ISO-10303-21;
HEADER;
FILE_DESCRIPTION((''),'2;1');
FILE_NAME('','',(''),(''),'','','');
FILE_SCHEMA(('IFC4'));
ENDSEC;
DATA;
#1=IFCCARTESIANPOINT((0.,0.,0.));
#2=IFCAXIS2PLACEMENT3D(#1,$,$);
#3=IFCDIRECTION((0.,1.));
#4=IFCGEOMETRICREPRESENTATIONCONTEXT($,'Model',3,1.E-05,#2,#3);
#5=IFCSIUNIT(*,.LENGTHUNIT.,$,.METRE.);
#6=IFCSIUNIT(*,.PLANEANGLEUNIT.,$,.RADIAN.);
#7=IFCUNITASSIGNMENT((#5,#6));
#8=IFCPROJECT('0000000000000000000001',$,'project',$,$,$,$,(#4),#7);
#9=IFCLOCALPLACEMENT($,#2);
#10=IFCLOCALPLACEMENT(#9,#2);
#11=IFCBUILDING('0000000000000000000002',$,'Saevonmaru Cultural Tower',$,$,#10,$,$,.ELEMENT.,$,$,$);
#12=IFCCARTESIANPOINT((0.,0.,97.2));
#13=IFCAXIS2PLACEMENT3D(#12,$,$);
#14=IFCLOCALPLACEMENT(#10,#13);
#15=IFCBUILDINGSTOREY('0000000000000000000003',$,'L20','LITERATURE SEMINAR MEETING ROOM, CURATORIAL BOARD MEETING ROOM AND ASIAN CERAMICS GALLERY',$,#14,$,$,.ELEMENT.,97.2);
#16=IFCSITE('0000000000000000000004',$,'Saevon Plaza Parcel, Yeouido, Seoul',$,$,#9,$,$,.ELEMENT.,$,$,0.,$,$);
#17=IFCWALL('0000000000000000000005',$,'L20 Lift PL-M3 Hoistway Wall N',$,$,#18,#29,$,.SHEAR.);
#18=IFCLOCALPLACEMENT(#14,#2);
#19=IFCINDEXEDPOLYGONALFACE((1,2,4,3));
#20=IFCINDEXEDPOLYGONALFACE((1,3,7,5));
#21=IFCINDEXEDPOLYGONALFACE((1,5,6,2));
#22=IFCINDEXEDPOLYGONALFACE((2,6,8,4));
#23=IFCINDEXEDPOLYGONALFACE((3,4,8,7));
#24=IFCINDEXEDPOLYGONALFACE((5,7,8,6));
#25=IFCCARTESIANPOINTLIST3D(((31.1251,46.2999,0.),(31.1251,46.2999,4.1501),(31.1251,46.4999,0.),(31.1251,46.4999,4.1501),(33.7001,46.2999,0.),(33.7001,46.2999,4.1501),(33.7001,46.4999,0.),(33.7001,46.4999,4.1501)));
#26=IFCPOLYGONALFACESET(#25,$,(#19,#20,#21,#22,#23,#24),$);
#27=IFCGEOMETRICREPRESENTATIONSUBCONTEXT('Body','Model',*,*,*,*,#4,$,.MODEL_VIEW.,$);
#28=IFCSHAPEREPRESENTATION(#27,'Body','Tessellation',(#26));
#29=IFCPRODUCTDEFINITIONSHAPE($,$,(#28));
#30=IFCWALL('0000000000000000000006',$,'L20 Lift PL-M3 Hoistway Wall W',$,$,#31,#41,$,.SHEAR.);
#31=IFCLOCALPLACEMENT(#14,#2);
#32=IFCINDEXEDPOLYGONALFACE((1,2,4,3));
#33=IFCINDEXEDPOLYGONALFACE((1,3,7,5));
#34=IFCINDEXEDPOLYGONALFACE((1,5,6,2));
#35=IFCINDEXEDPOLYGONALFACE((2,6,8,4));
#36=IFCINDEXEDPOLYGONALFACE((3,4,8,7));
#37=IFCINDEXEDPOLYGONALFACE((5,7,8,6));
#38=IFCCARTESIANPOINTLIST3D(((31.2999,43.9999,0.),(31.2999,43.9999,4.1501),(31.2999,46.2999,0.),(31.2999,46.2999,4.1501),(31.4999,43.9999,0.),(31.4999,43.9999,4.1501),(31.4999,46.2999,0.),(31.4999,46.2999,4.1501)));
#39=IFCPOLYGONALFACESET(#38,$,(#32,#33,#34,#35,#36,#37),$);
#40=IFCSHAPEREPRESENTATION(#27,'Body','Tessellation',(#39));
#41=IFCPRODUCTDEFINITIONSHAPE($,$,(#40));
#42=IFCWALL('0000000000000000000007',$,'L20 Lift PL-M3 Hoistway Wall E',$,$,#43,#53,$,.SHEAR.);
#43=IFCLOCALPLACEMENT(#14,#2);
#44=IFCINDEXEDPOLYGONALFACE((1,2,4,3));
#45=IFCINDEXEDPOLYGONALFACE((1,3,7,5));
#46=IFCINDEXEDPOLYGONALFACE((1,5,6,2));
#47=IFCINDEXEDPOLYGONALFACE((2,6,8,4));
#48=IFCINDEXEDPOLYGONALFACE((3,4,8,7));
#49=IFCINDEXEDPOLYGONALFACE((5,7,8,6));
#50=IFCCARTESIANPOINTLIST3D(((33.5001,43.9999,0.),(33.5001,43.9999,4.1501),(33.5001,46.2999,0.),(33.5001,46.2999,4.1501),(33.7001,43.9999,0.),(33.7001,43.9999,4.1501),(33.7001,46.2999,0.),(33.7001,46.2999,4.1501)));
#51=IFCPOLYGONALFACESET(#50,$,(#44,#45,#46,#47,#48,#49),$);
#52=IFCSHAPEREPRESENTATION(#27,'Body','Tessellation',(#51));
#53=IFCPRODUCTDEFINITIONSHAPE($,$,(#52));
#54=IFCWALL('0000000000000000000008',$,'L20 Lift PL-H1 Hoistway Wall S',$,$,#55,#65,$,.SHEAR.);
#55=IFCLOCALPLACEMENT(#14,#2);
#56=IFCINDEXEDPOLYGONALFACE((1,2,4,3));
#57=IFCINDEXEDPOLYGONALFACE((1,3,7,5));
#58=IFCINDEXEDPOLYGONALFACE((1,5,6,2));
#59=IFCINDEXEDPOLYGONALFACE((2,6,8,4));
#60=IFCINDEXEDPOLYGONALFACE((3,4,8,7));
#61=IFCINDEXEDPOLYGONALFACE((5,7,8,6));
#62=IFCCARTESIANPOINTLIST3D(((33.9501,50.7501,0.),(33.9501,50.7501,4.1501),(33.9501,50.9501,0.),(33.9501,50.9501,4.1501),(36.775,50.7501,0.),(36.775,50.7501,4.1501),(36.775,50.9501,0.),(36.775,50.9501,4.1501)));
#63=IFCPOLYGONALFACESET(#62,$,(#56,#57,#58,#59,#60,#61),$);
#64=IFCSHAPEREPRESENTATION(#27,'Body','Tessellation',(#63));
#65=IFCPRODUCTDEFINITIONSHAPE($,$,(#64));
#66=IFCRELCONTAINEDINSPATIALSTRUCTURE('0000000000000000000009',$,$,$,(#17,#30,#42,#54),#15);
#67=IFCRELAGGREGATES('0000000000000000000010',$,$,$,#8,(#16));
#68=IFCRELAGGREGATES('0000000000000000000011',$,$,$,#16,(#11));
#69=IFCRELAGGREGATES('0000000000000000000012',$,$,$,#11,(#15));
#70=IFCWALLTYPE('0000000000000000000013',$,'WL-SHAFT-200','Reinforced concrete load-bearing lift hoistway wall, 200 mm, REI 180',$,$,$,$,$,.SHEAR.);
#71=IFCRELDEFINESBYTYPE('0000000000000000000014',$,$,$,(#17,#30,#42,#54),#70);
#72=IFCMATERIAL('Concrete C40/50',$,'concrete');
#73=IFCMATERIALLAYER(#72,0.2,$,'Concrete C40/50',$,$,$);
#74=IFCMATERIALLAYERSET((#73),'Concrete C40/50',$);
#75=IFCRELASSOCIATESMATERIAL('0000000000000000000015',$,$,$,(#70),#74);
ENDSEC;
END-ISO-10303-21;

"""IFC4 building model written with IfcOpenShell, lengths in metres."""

from ifc_helpers import new_model, si_unit, direction, frame, frame_2d, origin, place, context, subcontext, project, spatial, rectangle, extrude, material, layer, layer_set, type_object, element, save


model = new_model("IFC4")

# Units and contexts
model_context = context("Model", 3, precision=1e-05, world=origin(), true_north=direction((0.0, 1.0)))
body_context = subcontext(model_context, "Body", "Model", "MODEL_VIEW")
ifc_project = project(units=[si_unit("LENGTHUNIT", "METRE"), si_unit("PLANEANGLEUNIT", "RADIAN")], contexts=[model_context])

# Site, building, storey
site_placement = place(None, origin())
site = spatial("IfcSite", under=ifc_project, at=site_placement, Name="Saevon Plaza Parcel, Yeouido, Seoul", CompositionType="ELEMENT", RefElevation=0.0)
building_placement = place(site_placement, origin())
building = spatial("IfcBuilding", under=site, at=building_placement, Name="Saevonmaru Cultural Tower", CompositionType="ELEMENT")
storey_placement = place(building_placement, frame((0.0, 0.0, 97.2)))
storey = spatial("IfcBuildingStorey", under=building, at=storey_placement, Name="L20", Description="LITERATURE SEMINAR MEETING ROOM, CURATORIAL BOARD MEETING ROOM AND ASIAN CERAMICS GALLERY", CompositionType="ELEMENT", Elevation=97.2)

# Shared definitions
ifc_material_1 = material(Name="Concrete C40/50", Category="concrete")
ifc_layer_1 = layer(ifc_material_1, 0.2, Name="Concrete C40/50")
ifc_layer_set_1 = layer_set([ifc_layer_1], Name="Concrete C40/50")
wall_type_1 = type_object("IfcWallType", Name="WL-SHAFT-200", Description="Reinforced concrete load-bearing lift hoistway wall, 200 mm, REI 180", PredefinedType="SHEAR", material=ifc_layer_set_1)

# Walls
for number, where, z_axis, x_axis, name in (
    (1, (31.125, 46.3999, 0.0), (0.0, 0.0, 1.0), (1.0, 0.0, 0.0), "L20 Lift PL-M3 Hoistway Wall N"),
):
    element("IfcWall", number, at=place(storey_placement, frame(where, z_axis=z_axis, x_axis=x_axis)), inside=storey, type_object=wall_type_1, Name=name, PredefinedType="SHEAR", context=body_context, shape_type="SweptSolid", body=[
        extrude(rectangle(XDim=2.575, YDim=0.2, at=frame_2d((1.2876, 0.0))), origin(), (0.0, 0.0, 1.0), 4.1501),
    ])
for number, where, z_axis, x_axis, name in (
    (2, (31.3999, 44.0, 0.0), (0.0, 0.0, 1.0), (0.0, 1.0, 0.0), "L20 Lift PL-M3 Hoistway Wall W"),
    (3, (33.6001, 44.0, 0.0), (0.0, 0.0, 1.0), (0.0, 1.0, 0.0), "L20 Lift PL-M3 Hoistway Wall E"),
):
    element("IfcWall", number, at=place(storey_placement, frame(where, z_axis=z_axis, x_axis=x_axis)), inside=storey, type_object=wall_type_1, Name=name, PredefinedType="SHEAR", context=body_context, shape_type="SweptSolid", body=[
        extrude(rectangle(XDim=2.3, YDim=0.2, at=frame_2d((1.1499, 0.0))), origin(), (0.0, 0.0, 1.0), 4.1501),
    ])
wall_1_placement = place(storey_placement, frame((33.95, 50.8501, 0.0), z_axis=(0.0, 0.0, 1.0), x_axis=(1.0, 0.0, 0.0)))
element("IfcWall", 4, at=wall_1_placement, inside=storey, type_object=wall_type_1, Name="L20 Lift PL-H1 Hoistway Wall S", PredefinedType="SHEAR", context=body_context, shape_type="SweptSolid", body=[
    extrude(rectangle(XDim=2.825, YDim=0.2, at=frame_2d((1.4126, 0.0))), origin(), (0.0, 0.0, 1.0), 4.1501),
])

save(model, "model.ifc")
